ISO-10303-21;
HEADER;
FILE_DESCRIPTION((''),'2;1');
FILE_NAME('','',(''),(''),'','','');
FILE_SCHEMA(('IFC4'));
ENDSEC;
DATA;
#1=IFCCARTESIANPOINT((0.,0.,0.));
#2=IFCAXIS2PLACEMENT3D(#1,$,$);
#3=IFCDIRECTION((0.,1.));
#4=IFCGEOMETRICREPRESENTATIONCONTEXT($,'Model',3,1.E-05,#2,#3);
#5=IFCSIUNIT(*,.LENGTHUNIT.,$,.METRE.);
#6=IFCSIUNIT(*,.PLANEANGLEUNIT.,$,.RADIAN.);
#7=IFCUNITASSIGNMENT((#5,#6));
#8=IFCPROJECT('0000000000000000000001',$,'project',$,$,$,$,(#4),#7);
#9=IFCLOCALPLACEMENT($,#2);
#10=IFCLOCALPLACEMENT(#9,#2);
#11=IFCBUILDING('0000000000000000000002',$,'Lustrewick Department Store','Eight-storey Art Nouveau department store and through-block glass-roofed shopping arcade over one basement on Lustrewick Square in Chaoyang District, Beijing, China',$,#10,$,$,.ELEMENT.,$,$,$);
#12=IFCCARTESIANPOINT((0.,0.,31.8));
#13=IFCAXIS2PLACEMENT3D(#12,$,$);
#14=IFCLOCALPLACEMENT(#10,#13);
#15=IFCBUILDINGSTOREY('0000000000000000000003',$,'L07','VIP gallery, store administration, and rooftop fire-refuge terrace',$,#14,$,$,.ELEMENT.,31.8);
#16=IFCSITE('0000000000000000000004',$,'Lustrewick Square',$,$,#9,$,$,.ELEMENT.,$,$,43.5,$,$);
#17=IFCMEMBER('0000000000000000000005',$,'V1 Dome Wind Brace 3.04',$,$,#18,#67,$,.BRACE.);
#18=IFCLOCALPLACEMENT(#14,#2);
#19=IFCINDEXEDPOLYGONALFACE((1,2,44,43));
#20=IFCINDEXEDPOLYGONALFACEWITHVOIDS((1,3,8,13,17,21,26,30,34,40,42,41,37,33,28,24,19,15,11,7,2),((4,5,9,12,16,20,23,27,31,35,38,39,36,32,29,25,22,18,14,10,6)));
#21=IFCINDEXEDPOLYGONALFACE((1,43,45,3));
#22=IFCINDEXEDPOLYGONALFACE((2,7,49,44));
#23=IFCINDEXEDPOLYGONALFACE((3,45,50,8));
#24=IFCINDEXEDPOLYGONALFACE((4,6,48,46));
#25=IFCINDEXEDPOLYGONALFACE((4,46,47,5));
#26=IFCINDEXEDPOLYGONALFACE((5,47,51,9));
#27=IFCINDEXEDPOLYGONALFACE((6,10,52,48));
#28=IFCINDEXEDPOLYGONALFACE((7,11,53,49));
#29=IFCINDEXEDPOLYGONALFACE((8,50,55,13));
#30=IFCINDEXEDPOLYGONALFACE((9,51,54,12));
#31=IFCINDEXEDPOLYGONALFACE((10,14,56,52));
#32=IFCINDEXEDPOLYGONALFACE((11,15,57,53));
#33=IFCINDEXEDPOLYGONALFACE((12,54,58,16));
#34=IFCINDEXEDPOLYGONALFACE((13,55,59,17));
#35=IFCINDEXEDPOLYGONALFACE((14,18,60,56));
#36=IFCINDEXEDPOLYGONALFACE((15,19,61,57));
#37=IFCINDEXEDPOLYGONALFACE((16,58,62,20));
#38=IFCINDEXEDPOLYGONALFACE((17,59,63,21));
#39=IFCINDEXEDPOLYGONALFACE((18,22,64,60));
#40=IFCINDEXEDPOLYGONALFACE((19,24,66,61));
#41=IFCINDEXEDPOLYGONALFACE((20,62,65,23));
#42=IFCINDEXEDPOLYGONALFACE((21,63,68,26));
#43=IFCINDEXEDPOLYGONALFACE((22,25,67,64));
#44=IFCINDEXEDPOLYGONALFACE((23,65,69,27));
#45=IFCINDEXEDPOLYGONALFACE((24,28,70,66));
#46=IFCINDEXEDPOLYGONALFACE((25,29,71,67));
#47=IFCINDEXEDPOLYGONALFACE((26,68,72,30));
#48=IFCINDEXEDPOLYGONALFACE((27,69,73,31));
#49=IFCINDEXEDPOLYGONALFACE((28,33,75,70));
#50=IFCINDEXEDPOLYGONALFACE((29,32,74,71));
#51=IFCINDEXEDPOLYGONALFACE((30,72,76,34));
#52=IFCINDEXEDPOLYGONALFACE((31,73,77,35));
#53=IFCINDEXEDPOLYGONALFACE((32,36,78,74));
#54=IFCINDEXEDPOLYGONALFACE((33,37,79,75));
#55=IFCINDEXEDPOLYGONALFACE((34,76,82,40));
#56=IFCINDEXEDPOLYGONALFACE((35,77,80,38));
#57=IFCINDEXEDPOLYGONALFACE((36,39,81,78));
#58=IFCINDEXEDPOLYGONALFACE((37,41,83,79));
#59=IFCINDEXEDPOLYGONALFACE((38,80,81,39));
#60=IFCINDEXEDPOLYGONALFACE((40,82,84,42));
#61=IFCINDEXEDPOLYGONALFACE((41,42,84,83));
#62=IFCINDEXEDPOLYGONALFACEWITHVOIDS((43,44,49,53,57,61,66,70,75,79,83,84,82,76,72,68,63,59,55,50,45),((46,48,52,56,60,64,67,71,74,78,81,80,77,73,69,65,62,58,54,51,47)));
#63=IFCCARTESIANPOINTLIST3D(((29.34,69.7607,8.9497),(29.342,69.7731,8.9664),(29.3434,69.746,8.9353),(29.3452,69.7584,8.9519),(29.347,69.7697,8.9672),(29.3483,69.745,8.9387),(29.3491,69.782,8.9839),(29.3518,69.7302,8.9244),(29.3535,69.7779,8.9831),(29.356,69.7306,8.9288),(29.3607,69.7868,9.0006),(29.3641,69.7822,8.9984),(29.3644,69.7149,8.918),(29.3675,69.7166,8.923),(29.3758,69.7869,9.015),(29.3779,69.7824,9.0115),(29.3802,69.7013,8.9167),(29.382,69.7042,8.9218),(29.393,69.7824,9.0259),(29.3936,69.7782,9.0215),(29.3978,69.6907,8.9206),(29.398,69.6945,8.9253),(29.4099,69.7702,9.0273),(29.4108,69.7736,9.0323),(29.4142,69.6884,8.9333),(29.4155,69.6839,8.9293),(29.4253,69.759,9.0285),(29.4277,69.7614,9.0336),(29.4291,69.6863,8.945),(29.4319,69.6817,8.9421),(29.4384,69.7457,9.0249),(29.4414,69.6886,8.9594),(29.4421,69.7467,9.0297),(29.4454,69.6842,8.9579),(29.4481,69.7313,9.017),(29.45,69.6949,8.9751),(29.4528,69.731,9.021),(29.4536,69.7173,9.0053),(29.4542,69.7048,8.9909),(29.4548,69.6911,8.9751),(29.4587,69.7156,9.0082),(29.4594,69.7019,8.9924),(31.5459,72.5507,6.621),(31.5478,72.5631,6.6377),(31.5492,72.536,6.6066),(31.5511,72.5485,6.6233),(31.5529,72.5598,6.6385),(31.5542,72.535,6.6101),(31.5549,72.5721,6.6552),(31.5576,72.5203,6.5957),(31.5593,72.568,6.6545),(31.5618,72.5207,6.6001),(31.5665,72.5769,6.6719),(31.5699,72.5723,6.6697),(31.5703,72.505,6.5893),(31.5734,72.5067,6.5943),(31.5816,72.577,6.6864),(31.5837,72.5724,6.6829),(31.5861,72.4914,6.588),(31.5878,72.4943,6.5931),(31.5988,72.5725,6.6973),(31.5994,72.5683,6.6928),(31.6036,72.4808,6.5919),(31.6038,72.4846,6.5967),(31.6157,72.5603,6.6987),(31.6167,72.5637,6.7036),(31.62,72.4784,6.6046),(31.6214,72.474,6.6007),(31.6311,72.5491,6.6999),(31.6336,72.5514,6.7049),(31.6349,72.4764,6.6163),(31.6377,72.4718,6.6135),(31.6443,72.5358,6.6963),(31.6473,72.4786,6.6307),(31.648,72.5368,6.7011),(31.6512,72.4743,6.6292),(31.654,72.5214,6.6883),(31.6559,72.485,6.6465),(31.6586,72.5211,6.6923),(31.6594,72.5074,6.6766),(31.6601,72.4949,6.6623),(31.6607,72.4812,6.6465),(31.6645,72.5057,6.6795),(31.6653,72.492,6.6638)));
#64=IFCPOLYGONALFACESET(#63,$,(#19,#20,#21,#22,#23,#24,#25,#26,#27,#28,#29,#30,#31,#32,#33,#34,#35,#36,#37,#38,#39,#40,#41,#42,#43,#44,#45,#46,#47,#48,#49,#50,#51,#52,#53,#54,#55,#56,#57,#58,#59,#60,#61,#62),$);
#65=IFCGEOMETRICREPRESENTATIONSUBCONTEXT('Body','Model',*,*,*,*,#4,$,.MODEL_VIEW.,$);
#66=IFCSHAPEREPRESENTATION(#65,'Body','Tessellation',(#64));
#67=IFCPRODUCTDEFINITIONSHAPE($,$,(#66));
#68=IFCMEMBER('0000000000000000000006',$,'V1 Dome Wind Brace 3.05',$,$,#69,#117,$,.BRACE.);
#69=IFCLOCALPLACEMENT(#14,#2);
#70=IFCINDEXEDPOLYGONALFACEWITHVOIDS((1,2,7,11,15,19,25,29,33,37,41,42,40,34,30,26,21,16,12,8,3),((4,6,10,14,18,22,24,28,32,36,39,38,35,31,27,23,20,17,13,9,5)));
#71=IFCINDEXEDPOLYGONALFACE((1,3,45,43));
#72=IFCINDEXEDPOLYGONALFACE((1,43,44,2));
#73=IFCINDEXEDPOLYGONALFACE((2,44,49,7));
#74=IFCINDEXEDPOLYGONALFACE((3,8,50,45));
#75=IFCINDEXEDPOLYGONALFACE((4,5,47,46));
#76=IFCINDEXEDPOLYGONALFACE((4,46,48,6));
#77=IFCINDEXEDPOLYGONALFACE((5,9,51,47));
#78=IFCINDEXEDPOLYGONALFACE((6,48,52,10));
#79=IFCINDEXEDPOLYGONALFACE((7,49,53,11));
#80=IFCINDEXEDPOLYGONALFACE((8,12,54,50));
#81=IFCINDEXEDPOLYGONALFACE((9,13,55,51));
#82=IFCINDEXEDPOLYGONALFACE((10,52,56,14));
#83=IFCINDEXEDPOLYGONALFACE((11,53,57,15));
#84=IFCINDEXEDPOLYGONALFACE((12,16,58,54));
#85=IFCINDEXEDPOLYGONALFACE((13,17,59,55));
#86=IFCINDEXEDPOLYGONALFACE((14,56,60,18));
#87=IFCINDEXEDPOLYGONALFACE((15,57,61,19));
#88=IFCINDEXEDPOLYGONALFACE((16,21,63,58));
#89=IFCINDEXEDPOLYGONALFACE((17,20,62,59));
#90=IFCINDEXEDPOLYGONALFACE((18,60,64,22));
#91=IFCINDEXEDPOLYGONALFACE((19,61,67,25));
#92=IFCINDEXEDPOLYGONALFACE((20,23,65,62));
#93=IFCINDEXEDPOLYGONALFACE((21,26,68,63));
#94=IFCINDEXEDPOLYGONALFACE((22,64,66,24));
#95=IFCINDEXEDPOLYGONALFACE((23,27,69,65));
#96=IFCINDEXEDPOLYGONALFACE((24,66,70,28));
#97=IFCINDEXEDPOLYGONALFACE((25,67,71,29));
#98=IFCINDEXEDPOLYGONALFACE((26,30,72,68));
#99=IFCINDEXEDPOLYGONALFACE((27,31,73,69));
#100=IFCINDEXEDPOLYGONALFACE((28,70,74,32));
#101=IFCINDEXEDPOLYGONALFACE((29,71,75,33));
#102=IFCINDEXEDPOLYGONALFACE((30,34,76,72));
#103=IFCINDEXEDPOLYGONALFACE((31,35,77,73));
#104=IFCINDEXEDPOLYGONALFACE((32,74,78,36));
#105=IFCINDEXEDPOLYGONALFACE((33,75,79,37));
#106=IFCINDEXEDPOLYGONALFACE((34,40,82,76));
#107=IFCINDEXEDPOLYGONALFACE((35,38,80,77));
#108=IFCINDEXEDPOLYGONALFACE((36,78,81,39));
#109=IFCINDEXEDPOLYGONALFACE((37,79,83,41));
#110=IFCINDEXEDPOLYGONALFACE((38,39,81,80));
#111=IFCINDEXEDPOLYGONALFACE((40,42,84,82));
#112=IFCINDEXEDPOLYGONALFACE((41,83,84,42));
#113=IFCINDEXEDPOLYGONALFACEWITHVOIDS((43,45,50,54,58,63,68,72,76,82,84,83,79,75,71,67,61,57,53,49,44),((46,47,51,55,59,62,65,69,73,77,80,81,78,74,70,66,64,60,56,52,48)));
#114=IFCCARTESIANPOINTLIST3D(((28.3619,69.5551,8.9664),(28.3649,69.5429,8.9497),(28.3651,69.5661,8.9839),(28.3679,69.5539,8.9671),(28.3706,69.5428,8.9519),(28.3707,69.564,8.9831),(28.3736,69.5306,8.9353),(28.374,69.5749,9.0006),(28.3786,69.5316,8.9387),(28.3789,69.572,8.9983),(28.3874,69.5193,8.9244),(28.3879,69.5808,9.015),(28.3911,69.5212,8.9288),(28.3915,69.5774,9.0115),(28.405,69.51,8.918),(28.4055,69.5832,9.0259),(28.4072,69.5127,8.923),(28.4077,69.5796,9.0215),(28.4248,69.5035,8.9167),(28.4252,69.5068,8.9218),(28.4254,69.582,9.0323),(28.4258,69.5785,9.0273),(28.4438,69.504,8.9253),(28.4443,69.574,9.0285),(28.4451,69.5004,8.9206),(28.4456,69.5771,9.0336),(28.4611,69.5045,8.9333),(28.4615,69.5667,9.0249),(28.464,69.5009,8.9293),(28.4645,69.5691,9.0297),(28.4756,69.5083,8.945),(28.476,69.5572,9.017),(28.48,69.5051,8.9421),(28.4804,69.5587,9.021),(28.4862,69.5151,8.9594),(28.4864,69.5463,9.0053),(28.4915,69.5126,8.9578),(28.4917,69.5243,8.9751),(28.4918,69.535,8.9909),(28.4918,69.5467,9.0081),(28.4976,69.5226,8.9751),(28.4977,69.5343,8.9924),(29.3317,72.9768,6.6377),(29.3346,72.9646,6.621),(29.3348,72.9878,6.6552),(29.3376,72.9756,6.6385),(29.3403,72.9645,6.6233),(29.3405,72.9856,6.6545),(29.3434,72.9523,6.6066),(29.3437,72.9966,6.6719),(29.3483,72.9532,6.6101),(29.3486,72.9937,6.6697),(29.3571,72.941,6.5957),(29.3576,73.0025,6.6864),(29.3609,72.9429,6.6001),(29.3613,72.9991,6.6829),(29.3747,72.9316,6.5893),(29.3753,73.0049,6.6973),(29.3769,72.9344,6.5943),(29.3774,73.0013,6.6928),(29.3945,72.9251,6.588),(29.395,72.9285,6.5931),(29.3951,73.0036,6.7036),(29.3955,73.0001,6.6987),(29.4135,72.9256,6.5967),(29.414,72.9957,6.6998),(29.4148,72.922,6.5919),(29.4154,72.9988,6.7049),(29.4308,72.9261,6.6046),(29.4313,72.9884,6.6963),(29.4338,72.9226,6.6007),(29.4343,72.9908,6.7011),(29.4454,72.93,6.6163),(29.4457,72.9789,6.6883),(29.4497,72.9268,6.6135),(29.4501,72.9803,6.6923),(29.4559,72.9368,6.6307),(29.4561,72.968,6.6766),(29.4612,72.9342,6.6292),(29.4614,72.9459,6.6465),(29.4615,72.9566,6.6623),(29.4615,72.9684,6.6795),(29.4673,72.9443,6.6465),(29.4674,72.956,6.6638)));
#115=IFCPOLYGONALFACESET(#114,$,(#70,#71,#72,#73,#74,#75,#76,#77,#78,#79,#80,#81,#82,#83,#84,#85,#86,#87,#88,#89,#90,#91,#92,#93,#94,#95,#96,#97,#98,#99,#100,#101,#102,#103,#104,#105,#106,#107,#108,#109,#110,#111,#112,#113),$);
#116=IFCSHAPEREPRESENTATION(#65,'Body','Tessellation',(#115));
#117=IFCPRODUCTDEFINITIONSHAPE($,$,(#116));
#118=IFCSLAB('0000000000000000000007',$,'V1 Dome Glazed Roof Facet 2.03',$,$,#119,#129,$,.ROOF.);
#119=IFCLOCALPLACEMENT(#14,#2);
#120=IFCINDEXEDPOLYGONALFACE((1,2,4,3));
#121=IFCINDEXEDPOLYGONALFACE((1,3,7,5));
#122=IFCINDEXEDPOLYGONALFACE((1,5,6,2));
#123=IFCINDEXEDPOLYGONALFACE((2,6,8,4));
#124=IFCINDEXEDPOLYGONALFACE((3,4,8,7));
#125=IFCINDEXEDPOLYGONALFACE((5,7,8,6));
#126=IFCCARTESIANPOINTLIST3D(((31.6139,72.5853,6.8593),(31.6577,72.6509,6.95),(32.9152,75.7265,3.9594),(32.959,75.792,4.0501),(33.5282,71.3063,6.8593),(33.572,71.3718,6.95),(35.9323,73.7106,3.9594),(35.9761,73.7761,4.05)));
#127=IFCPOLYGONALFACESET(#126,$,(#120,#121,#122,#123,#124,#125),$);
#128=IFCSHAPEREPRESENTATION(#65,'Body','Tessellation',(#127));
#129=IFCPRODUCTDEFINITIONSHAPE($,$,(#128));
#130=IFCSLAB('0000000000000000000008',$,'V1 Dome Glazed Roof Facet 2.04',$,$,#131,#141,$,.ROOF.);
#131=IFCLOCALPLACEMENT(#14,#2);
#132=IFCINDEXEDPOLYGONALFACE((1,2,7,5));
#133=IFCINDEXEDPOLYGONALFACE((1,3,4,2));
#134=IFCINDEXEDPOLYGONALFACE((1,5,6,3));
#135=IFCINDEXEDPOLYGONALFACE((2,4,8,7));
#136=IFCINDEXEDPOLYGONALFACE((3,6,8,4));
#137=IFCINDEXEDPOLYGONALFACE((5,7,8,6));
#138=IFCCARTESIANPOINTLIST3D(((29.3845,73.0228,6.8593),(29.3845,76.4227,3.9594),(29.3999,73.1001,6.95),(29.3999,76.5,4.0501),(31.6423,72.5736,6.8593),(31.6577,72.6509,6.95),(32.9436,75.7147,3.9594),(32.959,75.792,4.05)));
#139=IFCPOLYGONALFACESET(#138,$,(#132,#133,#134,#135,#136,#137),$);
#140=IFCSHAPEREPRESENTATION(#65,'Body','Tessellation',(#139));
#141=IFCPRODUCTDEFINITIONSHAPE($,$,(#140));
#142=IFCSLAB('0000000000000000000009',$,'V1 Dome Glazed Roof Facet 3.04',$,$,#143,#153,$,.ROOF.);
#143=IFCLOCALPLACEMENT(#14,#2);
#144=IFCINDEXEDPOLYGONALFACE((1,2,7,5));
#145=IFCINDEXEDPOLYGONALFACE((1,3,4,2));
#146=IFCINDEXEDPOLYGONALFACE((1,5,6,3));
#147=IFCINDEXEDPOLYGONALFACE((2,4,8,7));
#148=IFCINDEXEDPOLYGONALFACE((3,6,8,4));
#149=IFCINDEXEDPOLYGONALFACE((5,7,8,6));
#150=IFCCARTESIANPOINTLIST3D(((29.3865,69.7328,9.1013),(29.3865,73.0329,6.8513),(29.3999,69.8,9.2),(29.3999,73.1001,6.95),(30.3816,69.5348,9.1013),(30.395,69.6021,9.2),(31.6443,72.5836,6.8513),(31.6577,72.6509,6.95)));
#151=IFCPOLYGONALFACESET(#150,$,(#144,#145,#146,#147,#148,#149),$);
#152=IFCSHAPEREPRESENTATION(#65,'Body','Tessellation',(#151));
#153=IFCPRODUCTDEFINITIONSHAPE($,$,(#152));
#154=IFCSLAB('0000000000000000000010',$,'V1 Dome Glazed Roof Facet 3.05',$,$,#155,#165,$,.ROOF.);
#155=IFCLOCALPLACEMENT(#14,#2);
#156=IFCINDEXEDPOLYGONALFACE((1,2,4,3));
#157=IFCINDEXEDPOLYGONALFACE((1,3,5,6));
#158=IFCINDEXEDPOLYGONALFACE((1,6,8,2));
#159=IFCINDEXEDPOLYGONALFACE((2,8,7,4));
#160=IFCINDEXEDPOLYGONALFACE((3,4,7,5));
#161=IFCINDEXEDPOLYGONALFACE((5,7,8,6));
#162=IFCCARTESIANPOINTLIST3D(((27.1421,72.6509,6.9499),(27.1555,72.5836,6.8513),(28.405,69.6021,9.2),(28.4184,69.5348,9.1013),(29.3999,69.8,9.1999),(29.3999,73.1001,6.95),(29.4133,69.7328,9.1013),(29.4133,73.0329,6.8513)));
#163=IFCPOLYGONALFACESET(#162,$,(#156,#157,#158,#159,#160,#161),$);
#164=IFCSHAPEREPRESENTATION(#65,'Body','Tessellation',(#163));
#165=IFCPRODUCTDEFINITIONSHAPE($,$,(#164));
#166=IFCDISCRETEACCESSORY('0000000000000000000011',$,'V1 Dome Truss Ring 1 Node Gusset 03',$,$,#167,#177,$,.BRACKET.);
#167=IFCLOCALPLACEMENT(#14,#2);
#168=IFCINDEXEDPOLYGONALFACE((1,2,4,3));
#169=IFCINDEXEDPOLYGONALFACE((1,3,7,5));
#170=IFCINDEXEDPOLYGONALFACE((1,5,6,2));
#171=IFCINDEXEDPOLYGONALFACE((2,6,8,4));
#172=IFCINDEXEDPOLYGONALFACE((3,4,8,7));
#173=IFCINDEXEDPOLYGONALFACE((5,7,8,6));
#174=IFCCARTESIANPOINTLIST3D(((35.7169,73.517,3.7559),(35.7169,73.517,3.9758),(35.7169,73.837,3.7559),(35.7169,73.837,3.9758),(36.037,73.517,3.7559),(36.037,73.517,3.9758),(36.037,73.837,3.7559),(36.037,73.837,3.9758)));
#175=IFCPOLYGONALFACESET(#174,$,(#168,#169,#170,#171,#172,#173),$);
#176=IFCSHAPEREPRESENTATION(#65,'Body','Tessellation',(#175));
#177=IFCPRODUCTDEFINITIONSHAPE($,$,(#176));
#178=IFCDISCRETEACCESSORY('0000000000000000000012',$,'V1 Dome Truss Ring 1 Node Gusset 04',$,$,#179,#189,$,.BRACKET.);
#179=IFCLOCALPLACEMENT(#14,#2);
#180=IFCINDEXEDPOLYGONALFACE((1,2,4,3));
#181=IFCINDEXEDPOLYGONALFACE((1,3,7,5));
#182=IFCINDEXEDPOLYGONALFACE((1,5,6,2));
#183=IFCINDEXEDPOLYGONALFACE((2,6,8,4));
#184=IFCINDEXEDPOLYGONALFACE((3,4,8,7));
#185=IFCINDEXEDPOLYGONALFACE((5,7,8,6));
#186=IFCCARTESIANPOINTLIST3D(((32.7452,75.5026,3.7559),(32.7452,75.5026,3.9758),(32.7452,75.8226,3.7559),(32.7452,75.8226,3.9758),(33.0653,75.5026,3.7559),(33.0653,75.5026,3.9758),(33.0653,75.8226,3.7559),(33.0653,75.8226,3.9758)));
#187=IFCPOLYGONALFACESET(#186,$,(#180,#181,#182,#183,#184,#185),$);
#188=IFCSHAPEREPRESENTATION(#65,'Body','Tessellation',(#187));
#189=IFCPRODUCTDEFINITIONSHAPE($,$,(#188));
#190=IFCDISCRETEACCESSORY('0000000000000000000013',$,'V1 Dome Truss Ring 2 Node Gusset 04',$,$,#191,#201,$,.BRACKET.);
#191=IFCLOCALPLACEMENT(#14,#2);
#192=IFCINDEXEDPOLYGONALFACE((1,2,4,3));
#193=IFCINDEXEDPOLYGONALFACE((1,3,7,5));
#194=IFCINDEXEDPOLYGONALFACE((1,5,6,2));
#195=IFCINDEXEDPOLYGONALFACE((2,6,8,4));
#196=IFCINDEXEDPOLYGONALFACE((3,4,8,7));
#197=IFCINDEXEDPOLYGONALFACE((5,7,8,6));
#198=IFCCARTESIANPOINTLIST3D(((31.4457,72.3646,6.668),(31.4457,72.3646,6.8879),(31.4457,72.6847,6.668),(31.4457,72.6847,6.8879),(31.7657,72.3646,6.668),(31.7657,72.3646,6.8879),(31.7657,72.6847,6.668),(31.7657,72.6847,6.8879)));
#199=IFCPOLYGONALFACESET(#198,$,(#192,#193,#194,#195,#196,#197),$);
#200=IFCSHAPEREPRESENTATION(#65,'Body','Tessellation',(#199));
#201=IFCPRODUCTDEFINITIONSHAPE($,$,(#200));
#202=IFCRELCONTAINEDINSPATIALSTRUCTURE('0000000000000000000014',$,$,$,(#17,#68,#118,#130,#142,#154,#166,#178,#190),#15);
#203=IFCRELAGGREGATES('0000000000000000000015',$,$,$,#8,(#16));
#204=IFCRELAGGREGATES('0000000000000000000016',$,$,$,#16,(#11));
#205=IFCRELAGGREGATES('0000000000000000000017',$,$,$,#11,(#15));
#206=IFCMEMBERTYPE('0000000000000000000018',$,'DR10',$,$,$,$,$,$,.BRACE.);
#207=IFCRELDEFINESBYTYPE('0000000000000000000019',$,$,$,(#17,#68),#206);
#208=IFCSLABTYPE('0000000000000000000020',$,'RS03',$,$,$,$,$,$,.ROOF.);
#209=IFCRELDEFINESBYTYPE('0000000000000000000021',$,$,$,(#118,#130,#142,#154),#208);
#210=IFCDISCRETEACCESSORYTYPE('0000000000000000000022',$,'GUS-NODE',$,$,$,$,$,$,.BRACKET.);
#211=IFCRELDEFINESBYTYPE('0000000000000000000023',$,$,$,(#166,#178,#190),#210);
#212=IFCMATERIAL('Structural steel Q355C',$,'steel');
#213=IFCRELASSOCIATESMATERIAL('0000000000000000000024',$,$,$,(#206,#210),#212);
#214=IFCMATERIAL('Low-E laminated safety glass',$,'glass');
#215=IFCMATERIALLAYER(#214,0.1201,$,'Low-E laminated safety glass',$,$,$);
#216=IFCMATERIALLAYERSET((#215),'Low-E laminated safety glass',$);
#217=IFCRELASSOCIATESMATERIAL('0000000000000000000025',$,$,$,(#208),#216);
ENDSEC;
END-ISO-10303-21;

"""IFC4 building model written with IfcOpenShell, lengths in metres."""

from ifc_helpers import new_model, si_unit, direction, frame, origin, origin_2d, place, context, subcontext, project, spatial, polyline, rectangle, hollow_circle, outline, extrude, material, layer, layer_set, material_profile, profile_set, type_object, element, save


model = new_model("IFC4")

# Units and contexts
model_context = context("Model", 3, precision=1e-05, world=origin(), true_north=direction((0.0, 1.0)))
body_context = subcontext(model_context, "Body", "Model", "MODEL_VIEW")
ifc_project = project(units=[si_unit("LENGTHUNIT", "METRE"), si_unit("PLANEANGLEUNIT", "RADIAN")], contexts=[model_context])

# Site, building, storey
site_placement = place(None, origin())
site = spatial("IfcSite", under=ifc_project, at=site_placement, Name="Lustrewick Square", CompositionType="ELEMENT", RefElevation=43.5)
building_placement = place(site_placement, origin())
building = spatial("IfcBuilding", under=site, at=building_placement, Name="Lustrewick Department Store", Description="Eight-storey Art Nouveau department store and through-block glass-roofed shopping arcade over one basement on Lustrewick Square in Chaoyang District, Beijing, China", CompositionType="ELEMENT")
storey_placement = place(building_placement, frame((0.0, 0.0, 31.8)))
storey = spatial("IfcBuildingStorey", under=building, at=storey_placement, Name="L07", Description="VIP gallery, store administration, and rooftop fire-refuge terrace", CompositionType="ELEMENT", Elevation=31.8)

# Members
ifc_material_1 = material(Name="Structural steel Q355C", Category="steel")
ifc_material_profile_1 = material_profile(ifc_material_1, hollow_circle(Radius=0.0701, WallThickness=0.0061, at=origin_2d()), Name="CHS 140x6")
ifc_profile_set_1 = profile_set([ifc_material_profile_1], Name="Structural steel Q355C")
member_type_1 = type_object("IfcMemberType", Name="DR10", PredefinedType="BRACE", material=ifc_profile_set_1)
member_1_placement = place(storey_placement, frame((31.6057, 72.5247, 6.6465), z_axis=(-0.518873, -0.656301, 0.54776), x_axis=(0.784452, -0.620189, 0.0)))
element("IfcMember", 1, at=member_1_placement, inside=storey, type_object=member_type_1, Name="V1 Dome Wind Brace 3.04", PredefinedType="BRACE", context=body_context, shape_type="SweptSolid", body=[
    extrude(hollow_circle(Radius=0.0701, WallThickness=0.0061, at=origin_2d()), origin(), (0.0, 0.0, 1.0), 4.2512),
])
member_2_placement = place(storey_placement, frame((29.3999, 72.9634, 6.6465), z_axis=(-0.228121, -0.804914, 0.54779), x_axis=(0.962107, -0.272671, 0.0)))
element("IfcMember", 2, at=member_2_placement, inside=storey, type_object=member_type_1, Name="V1 Dome Wind Brace 3.05", PredefinedType="BRACE", context=body_context, shape_type="SweptSolid", body=[
    extrude(hollow_circle(Radius=0.0701, WallThickness=0.0061, at=origin_2d()), origin(), (0.0, 0.0, 1.0), 4.251),
])

# Slabs
ifc_material_2 = material(Name="Low-E laminated safety glass", Category="glass")
ifc_layer = layer(ifc_material_2, 0.1201, Name="Low-E laminated safety glass")
ifc_layer_set = layer_set([ifc_layer], Name="Low-E laminated safety glass")
slab_type = type_object("IfcSlabType", Name="RS03", PredefinedType="ROOF", material=ifc_layer_set)
slab_1_placement = place(storey_placement, frame((35.9761, 73.7761, 4.05), z_axis=(0.364555, 0.545617, 0.754588), x_axis=(-0.83148, 0.555554, 0.000001)))
element("IfcSlab", 3, at=slab_1_placement, inside=storey, type_object=slab_type, Name="V1 Dome Glazed Roof Facet 2.03", PredefinedType="ROOF", context=body_context, shape_type="SweptSolid", body=[
    extrude(outline(polyline([(0.0, 0.0), (3.6286, 0.0), (2.9655, 4.4192), (0.6632, 4.4192), (0.0, 0.0)])), origin(), (0.0, 0.0, -1.0), 0.1201),
])
slab_2_placement = place(storey_placement, frame((32.959, 75.792, 4.05), z_axis=(0.128039, 0.643599, 0.754577), x_axis=(-0.980781, 0.195112, 0.000006)))
element("IfcSlab", 4, at=slab_2_placement, inside=storey, type_object=slab_type, Name="V1 Dome Glazed Roof Facet 2.04", PredefinedType="ROOF", context=body_context, shape_type="SweptSolid", body=[
    extrude(outline(polyline([(0.0, 0.0), (3.6288, 0.0), (2.9655, 4.4191), (0.6634, 4.4192), (0.0, 0.0)])), origin(), (0.0, 0.0, -1.0), 0.1201),
])
slab_3_placement = place(storey_placement, frame((31.6577, 72.6509, 6.95), z_axis=(0.111385, 0.559825, 0.82109), x_axis=(-0.980776, 0.195138, 0.000001)))
element("IfcSlab", 5, at=slab_3_placement, inside=storey, type_object=slab_type, Name="V1 Dome Glazed Roof Facet 3.04", PredefinedType="ROOF", context=body_context, shape_type="SweptSolid", body=[
    extrude(outline(polyline([(0.0, 0.0), (2.3021, 0.0), (1.6581, 3.9418), (0.6435, 3.9419), (0.0, 0.0)])), origin(), (0.0, 0.0, -1.0), 0.1201),
])
slab_4_placement = place(storey_placement, frame((29.3999, 73.1001, 6.95), z_axis=(-0.111393, 0.559821, 0.821092), x_axis=(-0.980775, -0.195142, -0.000008)))
element("IfcSlab", 6, at=slab_4_placement, inside=storey, type_object=slab_type, Name="V1 Dome Glazed Roof Facet 3.05", PredefinedType="ROOF", context=body_context, shape_type="SweptSolid", body=[
    extrude(outline(polyline([(0.0, 0.0), (2.3021, 0.0), (1.6583, 3.9419), (0.644, 3.9418), (0.0, 0.0)])), origin(), (0.0, 0.0, -1.0), 0.1201),
])

# Discrete accessories
discrete_accessory_type_1 = type_object("IfcDiscreteAccessoryType", Name="GUS-NODE", PredefinedType="BRACKET", material=ifc_material_1)
for number, where, z_axis, x_axis, name in (
    (7, (35.877, 73.677, 3.7559), (0.0, 0.0, 1.0), (1.0, 0.0, 0.0), "V1 Dome Truss Ring 1 Node Gusset 03"),
    (8, (32.9053, 75.6626, 3.7559), (0.0, 0.0, 1.0), (1.0, 0.0, 0.0), "V1 Dome Truss Ring 1 Node Gusset 04"),
    (9, (31.6057, 72.5247, 6.668), (0.0, 0.0, 1.0), (1.0, 0.0, 0.0), "V1 Dome Truss Ring 2 Node Gusset 04"),
):
    element("IfcDiscreteAccessory", number, at=place(storey_placement, frame(where, z_axis=z_axis, x_axis=x_axis)), inside=storey, type_object=discrete_accessory_type_1, Name=name, PredefinedType="BRACKET", context=body_context, shape_type="SweptSolid", body=[
        extrude(rectangle(XDim=0.3201, YDim=0.3201, at=origin_2d()), origin(), (0.0, 0.0, 1.0), 0.22),
    ])

save(model, "model.ifc")
